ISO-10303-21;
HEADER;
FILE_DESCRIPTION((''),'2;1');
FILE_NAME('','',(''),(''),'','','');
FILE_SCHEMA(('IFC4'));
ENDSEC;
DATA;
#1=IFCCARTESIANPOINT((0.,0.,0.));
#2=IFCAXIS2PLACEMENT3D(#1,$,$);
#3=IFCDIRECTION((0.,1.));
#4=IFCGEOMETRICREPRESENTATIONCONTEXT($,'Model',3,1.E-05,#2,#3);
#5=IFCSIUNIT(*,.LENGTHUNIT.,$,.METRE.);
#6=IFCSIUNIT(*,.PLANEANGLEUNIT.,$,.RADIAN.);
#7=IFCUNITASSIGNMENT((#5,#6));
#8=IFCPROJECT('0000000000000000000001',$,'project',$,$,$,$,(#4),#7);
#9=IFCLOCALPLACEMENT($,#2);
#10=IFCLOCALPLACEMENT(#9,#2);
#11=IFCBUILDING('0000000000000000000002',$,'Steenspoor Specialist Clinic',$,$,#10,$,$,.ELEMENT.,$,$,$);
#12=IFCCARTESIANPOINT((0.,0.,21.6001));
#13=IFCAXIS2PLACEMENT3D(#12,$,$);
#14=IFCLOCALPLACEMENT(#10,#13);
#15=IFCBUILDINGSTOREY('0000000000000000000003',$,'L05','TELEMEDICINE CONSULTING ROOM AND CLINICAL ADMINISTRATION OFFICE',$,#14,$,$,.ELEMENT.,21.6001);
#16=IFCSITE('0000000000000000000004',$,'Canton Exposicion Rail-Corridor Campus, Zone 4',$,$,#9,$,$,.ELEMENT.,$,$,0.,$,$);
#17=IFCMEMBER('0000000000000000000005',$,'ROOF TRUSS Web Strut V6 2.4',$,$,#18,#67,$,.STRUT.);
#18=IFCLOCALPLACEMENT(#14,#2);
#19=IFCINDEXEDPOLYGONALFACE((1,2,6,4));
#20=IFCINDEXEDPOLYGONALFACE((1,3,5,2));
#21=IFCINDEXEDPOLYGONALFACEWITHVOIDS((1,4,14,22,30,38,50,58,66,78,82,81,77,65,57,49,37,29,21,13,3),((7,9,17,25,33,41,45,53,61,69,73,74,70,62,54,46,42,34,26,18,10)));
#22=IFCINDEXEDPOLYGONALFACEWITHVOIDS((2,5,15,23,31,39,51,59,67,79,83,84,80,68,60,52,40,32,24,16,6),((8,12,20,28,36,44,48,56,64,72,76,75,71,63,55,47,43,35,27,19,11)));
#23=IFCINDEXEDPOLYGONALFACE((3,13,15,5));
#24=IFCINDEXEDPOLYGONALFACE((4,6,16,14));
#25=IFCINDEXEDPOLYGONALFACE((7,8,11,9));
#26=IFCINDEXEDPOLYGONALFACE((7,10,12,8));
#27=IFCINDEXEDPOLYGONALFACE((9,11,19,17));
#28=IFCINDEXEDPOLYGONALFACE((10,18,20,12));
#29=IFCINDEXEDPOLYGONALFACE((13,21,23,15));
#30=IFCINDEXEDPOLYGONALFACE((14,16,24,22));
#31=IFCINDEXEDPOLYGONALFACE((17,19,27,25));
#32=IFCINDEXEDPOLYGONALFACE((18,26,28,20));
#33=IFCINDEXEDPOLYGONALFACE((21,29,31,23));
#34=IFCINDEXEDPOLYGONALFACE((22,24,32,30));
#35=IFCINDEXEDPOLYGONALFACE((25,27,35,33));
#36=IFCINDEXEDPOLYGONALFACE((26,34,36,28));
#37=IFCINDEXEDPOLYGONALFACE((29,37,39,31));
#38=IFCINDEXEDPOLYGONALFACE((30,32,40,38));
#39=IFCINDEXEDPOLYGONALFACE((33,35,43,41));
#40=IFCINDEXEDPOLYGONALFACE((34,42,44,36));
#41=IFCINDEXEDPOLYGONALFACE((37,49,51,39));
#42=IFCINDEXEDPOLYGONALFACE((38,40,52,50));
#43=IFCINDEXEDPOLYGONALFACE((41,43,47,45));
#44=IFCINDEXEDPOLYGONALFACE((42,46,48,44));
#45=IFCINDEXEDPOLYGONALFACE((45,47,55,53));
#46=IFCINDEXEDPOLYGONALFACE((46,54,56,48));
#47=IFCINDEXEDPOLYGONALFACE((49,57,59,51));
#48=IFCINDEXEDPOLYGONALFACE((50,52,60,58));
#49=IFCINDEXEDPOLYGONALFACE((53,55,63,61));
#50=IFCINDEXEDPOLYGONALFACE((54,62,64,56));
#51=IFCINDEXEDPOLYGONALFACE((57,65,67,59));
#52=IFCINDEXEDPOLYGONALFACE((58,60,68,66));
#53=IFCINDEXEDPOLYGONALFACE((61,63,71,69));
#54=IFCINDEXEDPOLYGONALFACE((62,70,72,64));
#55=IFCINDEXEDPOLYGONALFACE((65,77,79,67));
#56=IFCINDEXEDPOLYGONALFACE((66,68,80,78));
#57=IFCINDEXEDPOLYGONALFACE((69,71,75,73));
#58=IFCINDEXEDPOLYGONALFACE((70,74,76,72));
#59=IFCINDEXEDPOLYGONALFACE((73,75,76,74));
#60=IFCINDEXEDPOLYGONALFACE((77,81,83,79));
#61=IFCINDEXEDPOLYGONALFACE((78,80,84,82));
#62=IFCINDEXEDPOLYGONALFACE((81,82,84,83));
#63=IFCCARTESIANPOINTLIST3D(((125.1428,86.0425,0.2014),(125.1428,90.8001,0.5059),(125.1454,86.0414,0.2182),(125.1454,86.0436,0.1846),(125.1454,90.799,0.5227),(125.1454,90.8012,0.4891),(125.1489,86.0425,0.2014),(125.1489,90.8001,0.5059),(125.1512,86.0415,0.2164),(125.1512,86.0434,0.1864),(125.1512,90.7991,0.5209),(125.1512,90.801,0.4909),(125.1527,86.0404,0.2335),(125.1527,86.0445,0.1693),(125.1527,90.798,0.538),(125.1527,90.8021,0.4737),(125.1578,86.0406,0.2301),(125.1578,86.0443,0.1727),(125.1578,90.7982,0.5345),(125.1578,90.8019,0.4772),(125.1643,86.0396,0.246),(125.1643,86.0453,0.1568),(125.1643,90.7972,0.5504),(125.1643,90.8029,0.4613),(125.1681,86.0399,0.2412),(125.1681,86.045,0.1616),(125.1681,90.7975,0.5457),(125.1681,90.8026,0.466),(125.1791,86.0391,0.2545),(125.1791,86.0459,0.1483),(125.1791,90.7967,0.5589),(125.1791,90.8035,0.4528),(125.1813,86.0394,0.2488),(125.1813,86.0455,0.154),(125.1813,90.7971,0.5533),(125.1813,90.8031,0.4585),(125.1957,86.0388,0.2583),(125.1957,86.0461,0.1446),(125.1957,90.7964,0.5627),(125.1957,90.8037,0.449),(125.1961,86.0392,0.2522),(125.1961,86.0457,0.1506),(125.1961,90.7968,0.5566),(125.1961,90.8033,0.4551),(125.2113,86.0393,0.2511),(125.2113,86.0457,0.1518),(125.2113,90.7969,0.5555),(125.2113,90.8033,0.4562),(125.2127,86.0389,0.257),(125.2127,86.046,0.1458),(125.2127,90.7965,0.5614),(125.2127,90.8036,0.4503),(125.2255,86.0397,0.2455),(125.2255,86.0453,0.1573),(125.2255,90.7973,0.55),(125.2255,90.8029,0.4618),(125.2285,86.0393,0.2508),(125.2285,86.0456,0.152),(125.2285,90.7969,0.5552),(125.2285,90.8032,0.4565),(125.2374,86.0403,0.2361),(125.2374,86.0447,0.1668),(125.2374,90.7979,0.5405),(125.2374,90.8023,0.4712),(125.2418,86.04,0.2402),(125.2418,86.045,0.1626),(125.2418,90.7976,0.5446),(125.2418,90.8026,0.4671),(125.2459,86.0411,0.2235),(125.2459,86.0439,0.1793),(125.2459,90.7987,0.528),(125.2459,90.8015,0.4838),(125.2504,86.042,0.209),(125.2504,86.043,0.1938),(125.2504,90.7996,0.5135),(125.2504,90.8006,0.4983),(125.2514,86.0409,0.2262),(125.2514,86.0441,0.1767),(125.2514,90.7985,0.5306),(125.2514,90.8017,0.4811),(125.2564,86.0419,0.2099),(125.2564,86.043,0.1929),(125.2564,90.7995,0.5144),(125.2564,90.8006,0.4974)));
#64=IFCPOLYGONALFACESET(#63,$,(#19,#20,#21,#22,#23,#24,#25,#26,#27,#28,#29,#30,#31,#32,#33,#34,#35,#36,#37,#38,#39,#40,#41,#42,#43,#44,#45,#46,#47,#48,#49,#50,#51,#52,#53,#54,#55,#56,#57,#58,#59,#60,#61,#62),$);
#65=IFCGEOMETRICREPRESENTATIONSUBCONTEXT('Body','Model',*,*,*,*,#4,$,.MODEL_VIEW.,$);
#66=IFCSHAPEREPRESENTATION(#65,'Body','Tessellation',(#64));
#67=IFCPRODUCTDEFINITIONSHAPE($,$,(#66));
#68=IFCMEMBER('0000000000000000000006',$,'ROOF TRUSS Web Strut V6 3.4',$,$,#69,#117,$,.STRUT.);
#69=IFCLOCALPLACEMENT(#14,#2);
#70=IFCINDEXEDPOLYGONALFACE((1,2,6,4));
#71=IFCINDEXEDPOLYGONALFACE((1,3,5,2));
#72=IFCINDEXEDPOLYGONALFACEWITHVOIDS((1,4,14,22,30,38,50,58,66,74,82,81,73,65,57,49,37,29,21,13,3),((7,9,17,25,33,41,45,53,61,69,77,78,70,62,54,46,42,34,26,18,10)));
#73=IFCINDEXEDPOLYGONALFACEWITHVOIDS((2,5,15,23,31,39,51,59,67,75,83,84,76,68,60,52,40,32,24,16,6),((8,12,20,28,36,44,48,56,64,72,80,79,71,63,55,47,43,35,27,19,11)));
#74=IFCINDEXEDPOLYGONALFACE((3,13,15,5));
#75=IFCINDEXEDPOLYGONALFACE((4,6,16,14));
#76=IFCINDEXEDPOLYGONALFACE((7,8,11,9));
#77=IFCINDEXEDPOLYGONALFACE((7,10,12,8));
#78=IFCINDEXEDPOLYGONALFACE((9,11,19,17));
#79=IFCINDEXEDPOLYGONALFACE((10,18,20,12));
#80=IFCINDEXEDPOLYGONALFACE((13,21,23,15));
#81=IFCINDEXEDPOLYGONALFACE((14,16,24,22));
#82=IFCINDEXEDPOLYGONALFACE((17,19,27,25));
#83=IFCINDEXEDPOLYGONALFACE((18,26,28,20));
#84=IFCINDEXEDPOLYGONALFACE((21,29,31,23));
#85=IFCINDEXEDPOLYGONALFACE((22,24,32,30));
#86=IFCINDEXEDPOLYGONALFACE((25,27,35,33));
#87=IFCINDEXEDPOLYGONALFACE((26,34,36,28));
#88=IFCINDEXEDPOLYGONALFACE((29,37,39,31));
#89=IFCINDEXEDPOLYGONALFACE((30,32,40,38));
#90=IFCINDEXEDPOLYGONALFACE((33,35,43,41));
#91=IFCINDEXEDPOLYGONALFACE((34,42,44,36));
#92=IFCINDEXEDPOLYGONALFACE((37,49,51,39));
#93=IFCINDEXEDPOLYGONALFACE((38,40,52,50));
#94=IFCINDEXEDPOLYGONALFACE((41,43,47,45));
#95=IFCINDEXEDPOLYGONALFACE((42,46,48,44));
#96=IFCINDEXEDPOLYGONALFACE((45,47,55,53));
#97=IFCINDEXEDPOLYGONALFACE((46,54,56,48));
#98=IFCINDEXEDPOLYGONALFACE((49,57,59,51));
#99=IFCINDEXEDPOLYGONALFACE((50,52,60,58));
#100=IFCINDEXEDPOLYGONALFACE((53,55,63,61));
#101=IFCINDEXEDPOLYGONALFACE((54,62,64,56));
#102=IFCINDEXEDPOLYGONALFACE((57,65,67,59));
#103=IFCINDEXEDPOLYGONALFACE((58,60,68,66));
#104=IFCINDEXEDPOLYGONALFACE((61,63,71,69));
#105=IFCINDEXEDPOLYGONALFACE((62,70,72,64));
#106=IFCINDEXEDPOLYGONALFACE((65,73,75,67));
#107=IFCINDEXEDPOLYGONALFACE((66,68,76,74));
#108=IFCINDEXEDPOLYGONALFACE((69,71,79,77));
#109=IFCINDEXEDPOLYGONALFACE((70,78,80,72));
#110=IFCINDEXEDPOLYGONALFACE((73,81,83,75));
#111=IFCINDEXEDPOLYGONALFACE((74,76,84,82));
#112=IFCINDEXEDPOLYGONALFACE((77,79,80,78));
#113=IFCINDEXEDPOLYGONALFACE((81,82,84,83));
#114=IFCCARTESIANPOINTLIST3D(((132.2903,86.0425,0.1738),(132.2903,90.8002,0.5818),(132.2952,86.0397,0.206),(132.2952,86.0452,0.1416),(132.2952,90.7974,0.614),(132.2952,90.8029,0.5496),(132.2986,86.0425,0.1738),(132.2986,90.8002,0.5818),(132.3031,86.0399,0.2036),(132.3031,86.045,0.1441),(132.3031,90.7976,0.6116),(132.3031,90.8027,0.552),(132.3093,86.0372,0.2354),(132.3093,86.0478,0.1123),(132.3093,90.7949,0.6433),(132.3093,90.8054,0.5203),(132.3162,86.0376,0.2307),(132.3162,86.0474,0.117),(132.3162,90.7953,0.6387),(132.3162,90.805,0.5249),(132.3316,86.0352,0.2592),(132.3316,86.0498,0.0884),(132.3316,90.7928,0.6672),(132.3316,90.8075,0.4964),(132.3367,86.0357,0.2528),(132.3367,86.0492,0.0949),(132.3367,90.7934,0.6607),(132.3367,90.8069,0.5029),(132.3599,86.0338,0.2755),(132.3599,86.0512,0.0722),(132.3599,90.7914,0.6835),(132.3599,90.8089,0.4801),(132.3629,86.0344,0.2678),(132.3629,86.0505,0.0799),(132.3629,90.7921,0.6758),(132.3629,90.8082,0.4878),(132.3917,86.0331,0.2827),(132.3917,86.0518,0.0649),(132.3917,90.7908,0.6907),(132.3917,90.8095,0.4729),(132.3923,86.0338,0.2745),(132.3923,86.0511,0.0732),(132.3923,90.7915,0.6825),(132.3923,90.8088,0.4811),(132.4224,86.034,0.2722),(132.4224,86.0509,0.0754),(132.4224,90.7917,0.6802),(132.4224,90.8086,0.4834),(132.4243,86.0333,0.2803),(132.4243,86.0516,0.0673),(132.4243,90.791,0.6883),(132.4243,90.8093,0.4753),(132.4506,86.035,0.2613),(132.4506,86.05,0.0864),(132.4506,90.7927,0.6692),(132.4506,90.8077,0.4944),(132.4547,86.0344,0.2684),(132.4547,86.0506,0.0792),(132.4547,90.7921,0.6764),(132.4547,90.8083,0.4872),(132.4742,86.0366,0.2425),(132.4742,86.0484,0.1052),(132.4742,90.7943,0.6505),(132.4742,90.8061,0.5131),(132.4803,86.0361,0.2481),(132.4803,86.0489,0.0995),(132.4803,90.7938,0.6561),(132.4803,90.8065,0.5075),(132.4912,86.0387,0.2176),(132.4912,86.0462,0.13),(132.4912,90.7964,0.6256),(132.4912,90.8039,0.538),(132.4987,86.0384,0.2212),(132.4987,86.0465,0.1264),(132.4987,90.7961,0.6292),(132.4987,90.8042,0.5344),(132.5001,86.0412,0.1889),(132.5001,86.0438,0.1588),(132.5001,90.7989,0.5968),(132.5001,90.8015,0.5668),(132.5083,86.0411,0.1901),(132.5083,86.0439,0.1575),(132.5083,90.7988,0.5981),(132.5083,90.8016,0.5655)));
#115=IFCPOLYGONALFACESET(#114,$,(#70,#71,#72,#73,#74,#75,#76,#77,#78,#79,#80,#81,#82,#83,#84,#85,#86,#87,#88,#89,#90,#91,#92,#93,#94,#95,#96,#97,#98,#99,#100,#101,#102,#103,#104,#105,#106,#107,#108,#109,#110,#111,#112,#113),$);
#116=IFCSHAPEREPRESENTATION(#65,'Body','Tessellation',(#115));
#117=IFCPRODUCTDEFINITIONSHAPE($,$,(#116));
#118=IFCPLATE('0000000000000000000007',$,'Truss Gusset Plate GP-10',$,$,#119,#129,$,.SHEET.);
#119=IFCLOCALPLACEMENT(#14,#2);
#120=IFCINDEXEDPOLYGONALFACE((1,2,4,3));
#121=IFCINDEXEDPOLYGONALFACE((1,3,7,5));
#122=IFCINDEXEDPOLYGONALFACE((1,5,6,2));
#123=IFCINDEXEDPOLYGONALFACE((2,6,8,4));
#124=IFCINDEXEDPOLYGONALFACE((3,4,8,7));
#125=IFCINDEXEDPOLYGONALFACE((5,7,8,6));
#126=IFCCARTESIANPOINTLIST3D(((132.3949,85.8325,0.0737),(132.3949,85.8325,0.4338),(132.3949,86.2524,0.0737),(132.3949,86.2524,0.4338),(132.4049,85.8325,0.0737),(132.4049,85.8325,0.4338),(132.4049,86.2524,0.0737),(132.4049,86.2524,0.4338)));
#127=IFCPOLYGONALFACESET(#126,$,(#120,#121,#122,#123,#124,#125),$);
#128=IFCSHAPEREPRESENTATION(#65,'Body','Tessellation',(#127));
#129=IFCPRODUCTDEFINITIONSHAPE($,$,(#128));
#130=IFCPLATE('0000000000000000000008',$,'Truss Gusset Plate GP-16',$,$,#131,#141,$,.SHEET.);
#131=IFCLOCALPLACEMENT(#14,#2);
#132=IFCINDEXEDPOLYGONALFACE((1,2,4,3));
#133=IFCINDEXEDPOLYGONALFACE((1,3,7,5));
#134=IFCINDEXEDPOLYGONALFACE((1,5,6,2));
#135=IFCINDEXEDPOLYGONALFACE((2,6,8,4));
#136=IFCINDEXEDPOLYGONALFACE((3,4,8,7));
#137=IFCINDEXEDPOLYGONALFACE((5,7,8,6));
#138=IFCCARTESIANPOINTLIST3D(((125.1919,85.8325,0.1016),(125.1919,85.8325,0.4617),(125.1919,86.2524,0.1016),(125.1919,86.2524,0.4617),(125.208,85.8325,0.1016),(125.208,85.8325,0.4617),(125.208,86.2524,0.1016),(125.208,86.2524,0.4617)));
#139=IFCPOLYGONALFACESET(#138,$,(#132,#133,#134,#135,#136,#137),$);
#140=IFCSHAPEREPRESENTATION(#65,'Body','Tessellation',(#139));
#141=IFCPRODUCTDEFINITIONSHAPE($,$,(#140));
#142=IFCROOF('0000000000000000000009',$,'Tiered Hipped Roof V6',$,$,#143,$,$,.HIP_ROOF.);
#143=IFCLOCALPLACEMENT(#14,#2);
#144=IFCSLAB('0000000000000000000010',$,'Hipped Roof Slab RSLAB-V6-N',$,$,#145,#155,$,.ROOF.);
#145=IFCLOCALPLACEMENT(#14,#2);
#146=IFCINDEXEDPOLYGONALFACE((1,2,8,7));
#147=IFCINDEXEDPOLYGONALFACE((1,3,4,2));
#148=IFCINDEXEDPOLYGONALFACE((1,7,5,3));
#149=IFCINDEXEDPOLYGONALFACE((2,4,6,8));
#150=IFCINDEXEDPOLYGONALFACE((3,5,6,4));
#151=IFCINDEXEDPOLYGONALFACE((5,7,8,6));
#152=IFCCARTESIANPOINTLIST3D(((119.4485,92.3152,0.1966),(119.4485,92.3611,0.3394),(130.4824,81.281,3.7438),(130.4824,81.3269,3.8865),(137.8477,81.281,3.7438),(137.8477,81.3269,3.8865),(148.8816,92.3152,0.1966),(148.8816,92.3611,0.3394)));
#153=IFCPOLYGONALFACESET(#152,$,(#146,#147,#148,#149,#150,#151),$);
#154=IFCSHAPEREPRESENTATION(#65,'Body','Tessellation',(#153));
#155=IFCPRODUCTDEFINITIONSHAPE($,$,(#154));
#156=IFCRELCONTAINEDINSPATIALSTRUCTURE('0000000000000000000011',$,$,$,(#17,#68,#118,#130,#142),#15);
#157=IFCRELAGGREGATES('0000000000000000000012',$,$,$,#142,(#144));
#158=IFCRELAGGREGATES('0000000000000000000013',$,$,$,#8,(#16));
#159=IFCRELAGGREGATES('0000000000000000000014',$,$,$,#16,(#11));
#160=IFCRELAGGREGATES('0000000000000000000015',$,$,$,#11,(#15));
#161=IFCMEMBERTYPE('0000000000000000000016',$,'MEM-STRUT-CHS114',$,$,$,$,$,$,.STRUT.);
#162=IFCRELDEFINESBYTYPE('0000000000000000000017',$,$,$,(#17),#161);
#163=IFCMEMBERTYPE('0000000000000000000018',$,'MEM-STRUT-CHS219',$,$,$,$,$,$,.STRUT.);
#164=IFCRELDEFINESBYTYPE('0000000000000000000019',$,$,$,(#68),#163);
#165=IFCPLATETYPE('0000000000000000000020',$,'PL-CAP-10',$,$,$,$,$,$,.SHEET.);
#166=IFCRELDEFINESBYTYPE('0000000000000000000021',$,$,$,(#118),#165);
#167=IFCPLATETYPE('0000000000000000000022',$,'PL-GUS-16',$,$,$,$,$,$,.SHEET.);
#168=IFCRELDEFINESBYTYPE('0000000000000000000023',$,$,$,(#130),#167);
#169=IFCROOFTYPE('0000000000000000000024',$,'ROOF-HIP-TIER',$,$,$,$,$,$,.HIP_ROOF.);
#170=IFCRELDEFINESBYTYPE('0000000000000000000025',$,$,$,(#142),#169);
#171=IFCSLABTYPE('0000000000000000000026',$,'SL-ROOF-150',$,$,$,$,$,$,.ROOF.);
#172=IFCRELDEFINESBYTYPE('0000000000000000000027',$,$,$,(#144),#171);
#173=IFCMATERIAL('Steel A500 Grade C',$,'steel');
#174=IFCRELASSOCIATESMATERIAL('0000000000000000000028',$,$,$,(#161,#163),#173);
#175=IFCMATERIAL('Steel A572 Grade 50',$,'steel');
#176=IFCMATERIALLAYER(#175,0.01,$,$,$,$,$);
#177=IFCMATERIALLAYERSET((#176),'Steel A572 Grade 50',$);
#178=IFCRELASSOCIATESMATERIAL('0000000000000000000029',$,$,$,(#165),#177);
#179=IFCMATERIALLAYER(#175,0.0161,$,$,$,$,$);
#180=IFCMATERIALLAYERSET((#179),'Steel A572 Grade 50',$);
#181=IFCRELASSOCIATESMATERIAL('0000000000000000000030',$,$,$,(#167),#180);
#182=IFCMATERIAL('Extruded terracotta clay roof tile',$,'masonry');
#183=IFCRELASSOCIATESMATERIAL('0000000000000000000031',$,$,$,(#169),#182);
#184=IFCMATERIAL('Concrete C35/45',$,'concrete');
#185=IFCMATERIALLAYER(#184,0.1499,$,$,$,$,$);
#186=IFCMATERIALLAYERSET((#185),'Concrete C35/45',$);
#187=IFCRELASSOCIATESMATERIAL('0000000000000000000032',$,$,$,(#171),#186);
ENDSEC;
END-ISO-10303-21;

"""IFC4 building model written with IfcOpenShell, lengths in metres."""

from ifc_helpers import new_model, si_unit, direction, frame, origin, origin_2d, place, context, subcontext, project, spatial, polyline, rectangle, hollow_circle, outline, extrude, material, layer, layer_set, material_profile, profile_set, type_object, element, aggregate, save


model = new_model("IFC4")

# Units and contexts
model_context = context("Model", 3, precision=1e-05, world=origin(), true_north=direction((0.0, 1.0)))
body_context = subcontext(model_context, "Body", "Model", "MODEL_VIEW")
ifc_project = project(units=[si_unit("LENGTHUNIT", "METRE"), si_unit("PLANEANGLEUNIT", "RADIAN")], contexts=[model_context])

# Site, building, storey
site_placement = place(None, origin())
site = spatial("IfcSite", under=ifc_project, at=site_placement, Name="Canton Exposicion Rail-Corridor Campus, Zone 4", CompositionType="ELEMENT", RefElevation=0.0)
building_placement = place(site_placement, origin())
building = spatial("IfcBuilding", under=site, at=building_placement, Name="Steenspoor Specialist Clinic", CompositionType="ELEMENT")
storey_placement = place(building_placement, frame((0.0, 0.0, 21.6001)))
storey = spatial("IfcBuildingStorey", under=building, at=storey_placement, Name="L05", Description="TELEMEDICINE CONSULTING ROOM AND CLINICAL ADMINISTRATION OFFICE", CompositionType="ELEMENT", Elevation=21.6001)

# Members
ifc_material_1 = material(Name="Steel A500 Grade C", Category="steel")
ifc_material_profile_1 = material_profile(ifc_material_1, hollow_circle(Radius=0.0571, WallThickness=0.0061, at=origin_2d()), Name="CHS114X6.0")
ifc_profile_set_1 = profile_set([ifc_material_profile_1], Name="Steel A500 Grade C")
member_type_1 = type_object("IfcMemberType", Name="MEM-STRUT-CHS114", PredefinedType="STRUT", material=ifc_profile_set_1)
member_1_placement = place(storey_placement, frame((125.2, 86.0425, 0.2014), z_axis=(0.0, 0.997959, 0.063861), x_axis=(-1.0, 0.0, 0.0)))
element("IfcMember", 1, at=member_1_placement, inside=storey, type_object=member_type_1, Name="ROOF TRUSS Web Strut V6 2.4", PredefinedType="STRUT", context=body_context, shape_type="SweptSolid", body=[
    extrude(hollow_circle(Radius=0.0571, WallThickness=0.0061, at=origin_2d()), origin(), (0.0, 0.0, 1.0), 4.7673),
])
ifc_material_profile_2 = material_profile(ifc_material_1, hollow_circle(Radius=0.1096, WallThickness=0.0083, at=origin_2d()), Name="CHS219X8.2")
ifc_profile_set_2 = profile_set([ifc_material_profile_2], Name="Steel A500 Grade C")
member_type_2 = type_object("IfcMemberType", Name="MEM-STRUT-CHS219", PredefinedType="STRUT", material=ifc_profile_set_2)
member_2_placement = place(storey_placement, frame((132.3999, 86.0425, 0.1738), z_axis=(0.0, 0.996344, 0.085436), x_axis=(-1.0, 0.0, 0.0)))
element("IfcMember", 2, at=member_2_placement, inside=storey, type_object=member_type_2, Name="ROOF TRUSS Web Strut V6 3.4", PredefinedType="STRUT", context=body_context, shape_type="SweptSolid", body=[
    extrude(hollow_circle(Radius=0.1096, WallThickness=0.0083, at=origin_2d()), origin(), (0.0, 0.0, 1.0), 4.7751),
])

# Plates
ifc_material_2 = material(Name="Steel A572 Grade 50", Category="steel")
ifc_layer_1 = layer(ifc_material_2, 0.01)
ifc_layer_set_1 = layer_set([ifc_layer_1], Name="Steel A572 Grade 50")
plate_type_1 = type_object("IfcPlateType", Name="PL-CAP-10", PredefinedType="SHEET", material=ifc_layer_set_1)
plate_1_placement = place(storey_placement, frame((132.3999, 86.0425, 0.0737), z_axis=(0.0, 0.0, 1.0), x_axis=(1.0, 0.0, 0.0)))
element("IfcPlate", 3, at=plate_1_placement, inside=storey, type_object=plate_type_1, Name="Truss Gusset Plate GP-10", PredefinedType="SHEET", context=body_context, shape_type="SweptSolid", body=[
    extrude(rectangle(XDim=0.01, YDim=0.4199, at=origin_2d()), origin(), (0.0, 0.0, 1.0), 0.3601),
])
ifc_layer_2 = layer(ifc_material_2, 0.0161)
ifc_layer_set_2 = layer_set([ifc_layer_2], Name="Steel A572 Grade 50")
plate_type_2 = type_object("IfcPlateType", Name="PL-GUS-16", PredefinedType="SHEET", material=ifc_layer_set_2)
plate_2_placement = place(storey_placement, frame((125.2, 86.0425, 0.1016), z_axis=(0.0, 0.0, 1.0), x_axis=(1.0, 0.0, 0.0)))
element("IfcPlate", 4, at=plate_2_placement, inside=storey, type_object=plate_type_2, Name="Truss Gusset Plate GP-16", PredefinedType="SHEET", context=body_context, shape_type="SweptSolid", body=[
    extrude(rectangle(XDim=0.0161, YDim=0.4199, at=origin_2d()), origin(), (0.0, 0.0, 1.0), 0.3601),
])

# Roof, slab
ifc_material_3 = material(Name="Extruded terracotta clay roof tile", Category="masonry")
roof_type = type_object("IfcRoofType", Name="ROOF-HIP-TIER", PredefinedType="HIP_ROOF", material=ifc_material_3)
roof_placement = place(storey_placement, origin())
roof = element("IfcRoof", 5, at=roof_placement, inside=storey, type_object=roof_type, Name="Tiered Hipped Roof V6", PredefinedType="HIP_ROOF")
ifc_material_4 = material(Name="Concrete C35/45", Category="concrete")
ifc_layer_3 = layer(ifc_material_4, 0.1499)
ifc_layer_set_3 = layer_set([ifc_layer_3], Name="Concrete C35/45")
slab_type = type_object("IfcSlabType", Name="SL-ROOF-150", PredefinedType="ROOF", material=ifc_layer_set_3)
slab_placement = place(storey_placement, frame((119.4485, 92.3611, 0.3394), z_axis=(0.0, 0.306042, 0.952018), x_axis=(0.689509, -0.689525, 0.221659)))
slab = element("IfcSlab", 6, at=slab_placement, type_object=slab_type, Name="Hipped Roof Slab RSLAB-V6-N", PredefinedType="ROOF", context=body_context, shape_type="SweptSolid", body=[
    extrude(outline(polyline([(0.0, 0.0), (16.0026, 0.0), (21.081, 5.3345), (20.2944, 21.3177), (0.0, 0.0)])), origin(), (0.0, 0.0, -1.0), 0.1499),
])
aggregate(roof, [slab])

save(model, "model.ifc")
